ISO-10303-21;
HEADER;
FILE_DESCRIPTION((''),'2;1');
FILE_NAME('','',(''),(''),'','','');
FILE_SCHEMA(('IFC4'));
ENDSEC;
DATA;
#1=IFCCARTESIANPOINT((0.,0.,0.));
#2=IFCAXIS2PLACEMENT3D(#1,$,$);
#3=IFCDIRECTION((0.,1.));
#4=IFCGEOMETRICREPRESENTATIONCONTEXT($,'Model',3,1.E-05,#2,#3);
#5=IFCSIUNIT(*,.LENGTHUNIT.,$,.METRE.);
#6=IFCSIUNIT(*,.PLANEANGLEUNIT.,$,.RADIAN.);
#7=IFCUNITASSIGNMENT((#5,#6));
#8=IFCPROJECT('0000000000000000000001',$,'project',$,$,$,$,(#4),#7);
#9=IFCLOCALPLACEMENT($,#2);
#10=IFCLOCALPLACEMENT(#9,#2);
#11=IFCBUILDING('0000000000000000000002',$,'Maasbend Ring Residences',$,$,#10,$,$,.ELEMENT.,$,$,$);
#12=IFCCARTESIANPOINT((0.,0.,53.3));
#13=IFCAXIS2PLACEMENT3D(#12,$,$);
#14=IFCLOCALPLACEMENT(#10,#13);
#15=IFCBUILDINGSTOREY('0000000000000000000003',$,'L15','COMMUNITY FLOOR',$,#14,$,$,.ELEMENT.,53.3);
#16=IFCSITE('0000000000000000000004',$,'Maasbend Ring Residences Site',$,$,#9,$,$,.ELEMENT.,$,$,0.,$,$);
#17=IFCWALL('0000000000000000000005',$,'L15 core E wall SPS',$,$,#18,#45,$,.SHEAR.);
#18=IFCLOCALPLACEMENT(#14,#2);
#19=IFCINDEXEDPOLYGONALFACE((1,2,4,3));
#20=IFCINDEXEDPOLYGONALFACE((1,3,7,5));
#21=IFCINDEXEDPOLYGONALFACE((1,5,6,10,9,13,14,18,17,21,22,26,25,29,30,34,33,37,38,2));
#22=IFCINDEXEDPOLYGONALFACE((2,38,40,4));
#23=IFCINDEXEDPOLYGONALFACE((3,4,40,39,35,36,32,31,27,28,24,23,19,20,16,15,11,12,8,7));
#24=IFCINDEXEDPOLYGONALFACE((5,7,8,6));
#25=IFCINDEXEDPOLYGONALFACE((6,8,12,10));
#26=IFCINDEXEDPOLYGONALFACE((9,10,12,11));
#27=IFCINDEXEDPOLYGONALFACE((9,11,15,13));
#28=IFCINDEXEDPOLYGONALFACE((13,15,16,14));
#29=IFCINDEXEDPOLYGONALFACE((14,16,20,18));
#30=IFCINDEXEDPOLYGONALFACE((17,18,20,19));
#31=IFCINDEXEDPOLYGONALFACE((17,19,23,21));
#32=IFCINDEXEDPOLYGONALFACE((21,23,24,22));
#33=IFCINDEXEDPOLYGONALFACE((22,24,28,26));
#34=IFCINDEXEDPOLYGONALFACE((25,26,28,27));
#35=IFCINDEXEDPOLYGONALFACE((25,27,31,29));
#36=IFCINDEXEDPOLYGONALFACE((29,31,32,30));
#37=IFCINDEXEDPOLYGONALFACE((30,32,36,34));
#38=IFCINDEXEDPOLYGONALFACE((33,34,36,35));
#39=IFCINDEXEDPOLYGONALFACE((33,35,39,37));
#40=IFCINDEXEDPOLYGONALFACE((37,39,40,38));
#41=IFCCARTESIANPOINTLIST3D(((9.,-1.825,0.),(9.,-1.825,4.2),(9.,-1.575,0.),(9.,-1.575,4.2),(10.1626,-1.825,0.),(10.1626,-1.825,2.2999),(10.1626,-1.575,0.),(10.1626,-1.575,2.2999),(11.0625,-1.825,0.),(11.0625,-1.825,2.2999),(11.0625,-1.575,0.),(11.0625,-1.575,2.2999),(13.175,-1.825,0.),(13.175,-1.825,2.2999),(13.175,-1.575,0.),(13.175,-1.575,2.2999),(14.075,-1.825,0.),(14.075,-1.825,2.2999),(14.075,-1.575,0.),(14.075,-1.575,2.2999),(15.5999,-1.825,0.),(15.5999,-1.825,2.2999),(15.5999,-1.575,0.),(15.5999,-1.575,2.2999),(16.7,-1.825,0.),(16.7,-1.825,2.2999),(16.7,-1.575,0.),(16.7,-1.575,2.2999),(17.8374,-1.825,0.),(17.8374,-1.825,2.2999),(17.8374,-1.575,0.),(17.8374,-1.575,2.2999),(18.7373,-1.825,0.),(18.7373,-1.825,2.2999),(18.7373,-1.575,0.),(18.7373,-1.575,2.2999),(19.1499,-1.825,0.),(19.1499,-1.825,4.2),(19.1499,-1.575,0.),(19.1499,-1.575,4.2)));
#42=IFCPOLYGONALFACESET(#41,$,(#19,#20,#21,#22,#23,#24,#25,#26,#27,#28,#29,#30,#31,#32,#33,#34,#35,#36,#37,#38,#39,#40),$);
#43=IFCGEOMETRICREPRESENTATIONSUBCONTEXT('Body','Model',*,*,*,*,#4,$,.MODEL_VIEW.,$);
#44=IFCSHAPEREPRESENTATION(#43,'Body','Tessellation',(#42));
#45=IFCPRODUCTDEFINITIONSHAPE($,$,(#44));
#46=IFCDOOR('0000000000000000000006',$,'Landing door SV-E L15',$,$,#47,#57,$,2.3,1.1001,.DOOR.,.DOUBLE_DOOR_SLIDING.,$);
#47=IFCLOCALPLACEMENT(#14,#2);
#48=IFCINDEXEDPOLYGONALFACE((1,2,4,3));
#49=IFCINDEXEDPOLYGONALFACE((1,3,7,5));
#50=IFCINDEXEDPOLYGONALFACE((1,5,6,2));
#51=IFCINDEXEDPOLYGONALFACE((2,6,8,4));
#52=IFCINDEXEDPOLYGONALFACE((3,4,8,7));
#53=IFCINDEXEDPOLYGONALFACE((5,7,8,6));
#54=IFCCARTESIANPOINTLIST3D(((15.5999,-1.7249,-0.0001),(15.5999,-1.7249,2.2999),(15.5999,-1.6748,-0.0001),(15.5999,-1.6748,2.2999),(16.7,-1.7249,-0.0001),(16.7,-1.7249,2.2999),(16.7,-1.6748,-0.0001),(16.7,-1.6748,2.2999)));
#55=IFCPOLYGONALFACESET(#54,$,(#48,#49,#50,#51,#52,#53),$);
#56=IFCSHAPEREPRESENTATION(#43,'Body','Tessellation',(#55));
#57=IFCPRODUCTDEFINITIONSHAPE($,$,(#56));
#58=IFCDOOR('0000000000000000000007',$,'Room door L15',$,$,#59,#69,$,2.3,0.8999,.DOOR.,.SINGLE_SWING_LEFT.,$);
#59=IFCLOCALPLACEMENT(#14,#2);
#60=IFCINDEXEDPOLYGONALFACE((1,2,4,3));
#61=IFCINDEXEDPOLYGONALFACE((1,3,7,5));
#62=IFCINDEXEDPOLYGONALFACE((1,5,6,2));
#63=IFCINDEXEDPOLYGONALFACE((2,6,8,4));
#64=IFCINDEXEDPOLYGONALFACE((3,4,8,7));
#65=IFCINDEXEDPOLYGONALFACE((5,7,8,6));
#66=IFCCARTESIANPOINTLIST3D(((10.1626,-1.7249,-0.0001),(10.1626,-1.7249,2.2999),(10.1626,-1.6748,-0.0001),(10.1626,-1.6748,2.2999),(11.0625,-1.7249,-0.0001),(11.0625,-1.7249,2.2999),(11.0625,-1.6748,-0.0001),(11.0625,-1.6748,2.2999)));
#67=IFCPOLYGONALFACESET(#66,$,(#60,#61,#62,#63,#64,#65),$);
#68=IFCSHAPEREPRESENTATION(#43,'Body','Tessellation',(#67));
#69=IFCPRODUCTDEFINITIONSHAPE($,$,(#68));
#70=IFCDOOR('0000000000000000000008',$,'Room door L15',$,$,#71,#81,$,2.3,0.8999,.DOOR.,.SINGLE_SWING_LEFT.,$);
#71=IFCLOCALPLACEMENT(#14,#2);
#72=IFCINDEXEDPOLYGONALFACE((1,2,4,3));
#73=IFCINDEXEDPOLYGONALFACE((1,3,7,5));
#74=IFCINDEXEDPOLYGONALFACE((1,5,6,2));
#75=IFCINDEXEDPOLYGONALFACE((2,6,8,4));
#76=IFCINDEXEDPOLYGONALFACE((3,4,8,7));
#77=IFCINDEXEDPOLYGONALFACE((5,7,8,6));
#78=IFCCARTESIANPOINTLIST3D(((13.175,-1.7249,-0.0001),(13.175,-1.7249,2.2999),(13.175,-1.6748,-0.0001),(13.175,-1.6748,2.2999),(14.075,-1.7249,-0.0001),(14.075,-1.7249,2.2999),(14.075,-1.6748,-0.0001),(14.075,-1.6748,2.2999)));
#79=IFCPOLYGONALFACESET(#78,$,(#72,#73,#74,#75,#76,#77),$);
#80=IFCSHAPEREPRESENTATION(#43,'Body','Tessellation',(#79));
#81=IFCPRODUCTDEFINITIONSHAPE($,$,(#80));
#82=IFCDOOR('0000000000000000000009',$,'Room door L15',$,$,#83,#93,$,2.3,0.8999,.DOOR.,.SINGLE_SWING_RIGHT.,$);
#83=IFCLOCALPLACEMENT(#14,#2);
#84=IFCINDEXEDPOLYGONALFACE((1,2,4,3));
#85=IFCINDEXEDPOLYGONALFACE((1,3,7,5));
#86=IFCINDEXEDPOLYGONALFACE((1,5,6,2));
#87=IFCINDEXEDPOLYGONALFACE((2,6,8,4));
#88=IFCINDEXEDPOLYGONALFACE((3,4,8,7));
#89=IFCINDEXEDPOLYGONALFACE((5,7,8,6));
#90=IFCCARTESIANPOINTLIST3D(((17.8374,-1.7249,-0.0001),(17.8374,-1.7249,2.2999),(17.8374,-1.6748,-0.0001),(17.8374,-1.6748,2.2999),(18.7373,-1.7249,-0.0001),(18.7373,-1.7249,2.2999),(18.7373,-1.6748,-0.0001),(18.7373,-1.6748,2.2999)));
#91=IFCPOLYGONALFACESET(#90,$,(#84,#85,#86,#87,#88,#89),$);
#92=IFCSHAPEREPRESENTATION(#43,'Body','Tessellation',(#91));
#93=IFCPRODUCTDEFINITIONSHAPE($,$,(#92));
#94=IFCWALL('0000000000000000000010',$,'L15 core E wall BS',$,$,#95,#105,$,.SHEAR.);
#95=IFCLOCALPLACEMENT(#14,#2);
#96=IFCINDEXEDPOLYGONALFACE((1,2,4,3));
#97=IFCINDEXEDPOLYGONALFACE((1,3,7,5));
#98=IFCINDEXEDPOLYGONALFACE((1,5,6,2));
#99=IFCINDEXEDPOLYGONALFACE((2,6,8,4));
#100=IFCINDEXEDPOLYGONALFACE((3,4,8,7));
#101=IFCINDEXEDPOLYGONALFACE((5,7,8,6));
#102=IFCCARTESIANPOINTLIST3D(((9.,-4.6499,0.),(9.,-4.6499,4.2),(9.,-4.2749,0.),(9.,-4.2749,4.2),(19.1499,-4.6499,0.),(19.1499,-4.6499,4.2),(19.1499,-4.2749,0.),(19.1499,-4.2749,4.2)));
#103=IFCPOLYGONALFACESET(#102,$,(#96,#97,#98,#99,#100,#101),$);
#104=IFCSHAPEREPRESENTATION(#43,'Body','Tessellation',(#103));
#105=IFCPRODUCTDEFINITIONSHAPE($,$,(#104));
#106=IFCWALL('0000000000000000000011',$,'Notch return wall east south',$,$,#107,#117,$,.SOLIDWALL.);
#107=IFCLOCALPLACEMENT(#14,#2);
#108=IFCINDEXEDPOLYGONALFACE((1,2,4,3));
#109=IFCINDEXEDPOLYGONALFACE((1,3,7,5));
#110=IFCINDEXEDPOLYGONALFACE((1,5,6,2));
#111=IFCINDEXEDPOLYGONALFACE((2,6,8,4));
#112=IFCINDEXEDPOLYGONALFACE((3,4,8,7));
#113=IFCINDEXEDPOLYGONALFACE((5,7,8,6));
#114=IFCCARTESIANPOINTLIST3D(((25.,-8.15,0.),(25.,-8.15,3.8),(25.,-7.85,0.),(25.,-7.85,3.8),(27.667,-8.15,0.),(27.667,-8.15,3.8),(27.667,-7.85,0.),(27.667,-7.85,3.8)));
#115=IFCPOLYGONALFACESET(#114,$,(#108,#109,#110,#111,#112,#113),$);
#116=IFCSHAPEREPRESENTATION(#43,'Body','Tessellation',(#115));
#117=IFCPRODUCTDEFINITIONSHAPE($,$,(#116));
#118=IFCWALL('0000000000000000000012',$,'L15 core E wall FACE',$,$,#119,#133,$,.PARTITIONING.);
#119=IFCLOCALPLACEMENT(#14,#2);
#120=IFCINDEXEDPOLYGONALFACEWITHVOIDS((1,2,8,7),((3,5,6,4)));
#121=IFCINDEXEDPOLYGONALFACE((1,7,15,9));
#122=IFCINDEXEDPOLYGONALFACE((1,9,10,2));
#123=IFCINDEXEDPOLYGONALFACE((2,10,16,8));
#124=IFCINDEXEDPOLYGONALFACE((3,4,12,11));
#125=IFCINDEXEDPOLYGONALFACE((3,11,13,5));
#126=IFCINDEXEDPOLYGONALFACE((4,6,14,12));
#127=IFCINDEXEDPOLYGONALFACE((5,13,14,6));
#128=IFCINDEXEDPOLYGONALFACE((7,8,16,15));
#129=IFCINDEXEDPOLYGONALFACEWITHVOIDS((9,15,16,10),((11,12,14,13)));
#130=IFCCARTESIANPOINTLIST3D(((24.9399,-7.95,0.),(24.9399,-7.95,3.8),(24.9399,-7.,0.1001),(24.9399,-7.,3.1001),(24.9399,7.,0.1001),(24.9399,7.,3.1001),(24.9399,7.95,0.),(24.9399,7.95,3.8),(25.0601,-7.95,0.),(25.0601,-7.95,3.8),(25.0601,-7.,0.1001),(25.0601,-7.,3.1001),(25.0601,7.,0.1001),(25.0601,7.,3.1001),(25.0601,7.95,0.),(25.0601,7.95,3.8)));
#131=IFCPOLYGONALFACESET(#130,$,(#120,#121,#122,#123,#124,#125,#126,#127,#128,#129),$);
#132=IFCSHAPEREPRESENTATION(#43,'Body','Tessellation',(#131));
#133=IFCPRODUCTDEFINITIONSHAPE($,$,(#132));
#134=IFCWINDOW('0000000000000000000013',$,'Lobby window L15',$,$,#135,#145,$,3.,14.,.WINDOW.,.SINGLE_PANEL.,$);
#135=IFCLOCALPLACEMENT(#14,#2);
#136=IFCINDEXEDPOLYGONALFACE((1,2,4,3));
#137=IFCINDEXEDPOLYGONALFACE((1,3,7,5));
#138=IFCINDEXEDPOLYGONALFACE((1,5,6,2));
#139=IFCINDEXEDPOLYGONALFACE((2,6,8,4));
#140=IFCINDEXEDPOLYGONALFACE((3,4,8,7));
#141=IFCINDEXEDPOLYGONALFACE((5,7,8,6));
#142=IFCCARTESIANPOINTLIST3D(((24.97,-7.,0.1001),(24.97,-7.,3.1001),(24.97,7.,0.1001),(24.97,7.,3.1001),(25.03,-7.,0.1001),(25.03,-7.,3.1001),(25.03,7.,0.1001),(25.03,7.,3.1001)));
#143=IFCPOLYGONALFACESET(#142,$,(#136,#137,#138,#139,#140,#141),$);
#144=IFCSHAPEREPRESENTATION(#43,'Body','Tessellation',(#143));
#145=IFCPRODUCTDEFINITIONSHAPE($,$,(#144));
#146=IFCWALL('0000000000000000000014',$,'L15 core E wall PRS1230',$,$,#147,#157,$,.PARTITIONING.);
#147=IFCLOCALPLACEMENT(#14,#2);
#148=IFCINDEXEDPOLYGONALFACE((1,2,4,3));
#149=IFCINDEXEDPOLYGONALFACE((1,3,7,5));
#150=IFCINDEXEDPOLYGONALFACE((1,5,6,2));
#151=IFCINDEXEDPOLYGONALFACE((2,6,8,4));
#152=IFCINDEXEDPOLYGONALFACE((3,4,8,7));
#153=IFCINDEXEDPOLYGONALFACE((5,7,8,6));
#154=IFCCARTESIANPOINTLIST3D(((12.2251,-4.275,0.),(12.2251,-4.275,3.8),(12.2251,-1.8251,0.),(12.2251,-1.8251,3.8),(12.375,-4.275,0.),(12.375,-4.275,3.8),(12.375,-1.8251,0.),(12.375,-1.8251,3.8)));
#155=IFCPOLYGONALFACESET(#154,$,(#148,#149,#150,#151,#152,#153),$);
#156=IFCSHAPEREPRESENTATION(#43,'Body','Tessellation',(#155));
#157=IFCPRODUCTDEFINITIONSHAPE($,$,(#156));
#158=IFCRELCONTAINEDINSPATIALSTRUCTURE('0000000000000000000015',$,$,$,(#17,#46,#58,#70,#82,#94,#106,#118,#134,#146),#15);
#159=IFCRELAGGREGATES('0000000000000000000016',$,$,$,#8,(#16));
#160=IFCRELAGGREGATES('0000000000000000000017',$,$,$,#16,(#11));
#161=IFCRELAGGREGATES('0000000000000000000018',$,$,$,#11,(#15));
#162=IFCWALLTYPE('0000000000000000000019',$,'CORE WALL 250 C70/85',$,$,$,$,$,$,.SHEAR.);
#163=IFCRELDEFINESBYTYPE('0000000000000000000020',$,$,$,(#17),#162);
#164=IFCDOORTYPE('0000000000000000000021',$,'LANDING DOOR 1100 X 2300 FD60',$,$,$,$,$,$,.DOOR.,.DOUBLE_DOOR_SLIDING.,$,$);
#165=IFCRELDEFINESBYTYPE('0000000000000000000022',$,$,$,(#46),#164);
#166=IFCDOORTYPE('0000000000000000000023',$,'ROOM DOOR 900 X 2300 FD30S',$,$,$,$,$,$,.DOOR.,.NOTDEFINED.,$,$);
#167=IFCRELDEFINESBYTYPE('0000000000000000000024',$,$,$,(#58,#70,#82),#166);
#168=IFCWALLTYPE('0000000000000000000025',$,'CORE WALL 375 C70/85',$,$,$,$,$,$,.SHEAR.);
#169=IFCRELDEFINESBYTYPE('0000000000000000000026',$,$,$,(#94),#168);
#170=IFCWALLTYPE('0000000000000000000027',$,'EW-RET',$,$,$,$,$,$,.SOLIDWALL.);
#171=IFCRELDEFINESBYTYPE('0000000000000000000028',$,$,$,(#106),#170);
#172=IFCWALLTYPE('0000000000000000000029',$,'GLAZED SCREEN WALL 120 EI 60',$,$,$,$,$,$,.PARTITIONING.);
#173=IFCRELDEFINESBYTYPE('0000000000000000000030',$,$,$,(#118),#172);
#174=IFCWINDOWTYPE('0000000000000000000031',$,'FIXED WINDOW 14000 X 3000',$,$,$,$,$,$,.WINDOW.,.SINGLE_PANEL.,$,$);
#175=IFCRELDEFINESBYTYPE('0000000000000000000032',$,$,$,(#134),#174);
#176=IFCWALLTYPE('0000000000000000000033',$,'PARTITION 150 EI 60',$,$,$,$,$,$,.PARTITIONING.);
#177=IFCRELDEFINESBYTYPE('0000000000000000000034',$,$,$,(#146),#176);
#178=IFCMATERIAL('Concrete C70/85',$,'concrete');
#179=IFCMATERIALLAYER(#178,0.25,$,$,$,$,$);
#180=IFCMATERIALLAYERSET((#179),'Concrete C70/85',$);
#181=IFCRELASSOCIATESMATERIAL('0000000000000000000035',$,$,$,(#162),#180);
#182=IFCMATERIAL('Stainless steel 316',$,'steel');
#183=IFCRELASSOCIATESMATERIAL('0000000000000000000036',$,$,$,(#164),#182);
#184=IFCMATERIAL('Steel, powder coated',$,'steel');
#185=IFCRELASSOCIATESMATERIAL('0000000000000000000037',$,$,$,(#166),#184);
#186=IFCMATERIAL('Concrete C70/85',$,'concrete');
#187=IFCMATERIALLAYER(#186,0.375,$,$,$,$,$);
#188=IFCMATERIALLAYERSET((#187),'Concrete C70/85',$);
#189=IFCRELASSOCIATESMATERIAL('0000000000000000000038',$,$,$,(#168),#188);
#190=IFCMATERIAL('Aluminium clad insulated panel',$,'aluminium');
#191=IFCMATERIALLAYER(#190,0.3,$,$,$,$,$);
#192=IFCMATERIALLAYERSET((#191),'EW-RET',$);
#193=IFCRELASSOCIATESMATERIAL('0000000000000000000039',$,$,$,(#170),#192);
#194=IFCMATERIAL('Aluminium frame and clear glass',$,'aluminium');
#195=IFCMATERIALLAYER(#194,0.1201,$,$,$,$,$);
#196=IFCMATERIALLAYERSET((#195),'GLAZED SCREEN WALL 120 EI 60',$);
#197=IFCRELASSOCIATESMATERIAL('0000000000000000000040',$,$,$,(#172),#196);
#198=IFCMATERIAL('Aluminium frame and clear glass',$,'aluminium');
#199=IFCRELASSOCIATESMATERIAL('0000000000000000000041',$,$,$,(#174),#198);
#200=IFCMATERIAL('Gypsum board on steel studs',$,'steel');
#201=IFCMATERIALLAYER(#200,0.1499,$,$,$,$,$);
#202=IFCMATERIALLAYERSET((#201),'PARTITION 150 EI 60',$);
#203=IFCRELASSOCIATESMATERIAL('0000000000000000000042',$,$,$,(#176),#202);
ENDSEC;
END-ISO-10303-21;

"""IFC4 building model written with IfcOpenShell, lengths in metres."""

from ifc_helpers import new_model, si_unit, direction, frame, frame_2d, origin, place, context, subcontext, project, spatial, rectangle, extrude, material, layer, layer_set, type_object, element, fill, save


model = new_model("IFC4")

# Units and contexts
model_context = context("Model", 3, precision=1e-05, world=origin(), true_north=direction((0.0, 1.0)))
body_context = subcontext(model_context, "Body", "Model", "MODEL_VIEW")
ifc_project = project(units=[si_unit("LENGTHUNIT", "METRE"), si_unit("PLANEANGLEUNIT", "RADIAN")], contexts=[model_context])

# Site, building, storey
site_placement = place(None, origin())
site = spatial("IfcSite", under=ifc_project, at=site_placement, Name="Maasbend Ring Residences Site", CompositionType="ELEMENT", RefElevation=0.0)
building_placement = place(site_placement, origin())
building = spatial("IfcBuilding", under=site, at=building_placement, Name="Maasbend Ring Residences", CompositionType="ELEMENT")
storey_placement = place(building_placement, frame((0.0, 0.0, 53.3)))
storey = spatial("IfcBuildingStorey", under=building, at=storey_placement, Name="L15", Description="COMMUNITY FLOOR", CompositionType="ELEMENT", Elevation=53.3)

# Wall, openings, doors
ifc_material_1 = material(Name="Concrete C70/85", Category="concrete")
ifc_layer_1 = layer(ifc_material_1, 0.25)
ifc_layer_set_1 = layer_set([ifc_layer_1], Name="Concrete C70/85")
wall_type_1 = type_object("IfcWallType", Name="CORE WALL 250 C70/85", PredefinedType="SHEAR", material=ifc_layer_set_1)
wall_1_placement = place(storey_placement, frame((19.1499, -1.7, 0.0), z_axis=(0.0, 0.0, 1.0), x_axis=(-1.0, 0.0, 0.0)))
wall_1 = element("IfcWall", 1, at=wall_1_placement, inside=storey, type_object=wall_type_1, Name="L15 core E wall SPS", PredefinedType="SHEAR", context=body_context, shape_type="SweptSolid", body=[
    extrude(rectangle(XDim=10.1499, YDim=0.25, at=frame_2d((5.075, 0.0))), origin(), (0.0, 0.0, 1.0), 4.2),
])
opening_1_placement = place(wall_1_placement, frame((2.45, 0.0, 0.0)))
opening_1 = element("IfcOpeningElement", 2, at=opening_1_placement, cuts=wall_1, PredefinedType="OPENING", context=body_context, shape_type="SweptSolid", body=[
    extrude(rectangle(XDim=1.1001, YDim=2.3, at=frame_2d((0.55, 1.1499))), frame((0.0, 0.135, 0.0), z_axis=(0.0, -1.0, 0.0), x_axis=(1.0, 0.0, 0.0)), (0.0, 0.0, 1.0), 0.27),
])
opening_2_placement = place(wall_1_placement, frame((8.0874, 0.0, 0.0)))
opening_2 = element("IfcOpeningElement", 3, at=opening_2_placement, cuts=wall_1, PredefinedType="OPENING", context=body_context, shape_type="SweptSolid", body=[
    extrude(rectangle(XDim=0.8999, YDim=2.3, at=frame_2d((0.45, 1.1499))), frame((0.0, 0.135, 0.0), z_axis=(0.0, -1.0, 0.0), x_axis=(1.0, 0.0, 0.0)), (0.0, 0.0, 1.0), 0.27),
])
opening_3_placement = place(wall_1_placement, frame((5.075, 0.0, 0.0)))
opening_3 = element("IfcOpeningElement", 4, at=opening_3_placement, cuts=wall_1, PredefinedType="OPENING", context=body_context, shape_type="SweptSolid", body=[
    extrude(rectangle(XDim=0.8999, YDim=2.3, at=frame_2d((0.45, 1.1499))), frame((0.0, 0.135, 0.0), z_axis=(0.0, -1.0, 0.0), x_axis=(1.0, 0.0, 0.0)), (0.0, 0.0, 1.0), 0.27),
])
opening_4_placement = place(wall_1_placement, frame((0.4126, 0.0, 0.0)))
opening_4 = element("IfcOpeningElement", 5, at=opening_4_placement, cuts=wall_1, PredefinedType="OPENING", context=body_context, shape_type="SweptSolid", body=[
    extrude(rectangle(XDim=0.8999, YDim=2.3, at=frame_2d((0.45, 1.1499))), frame((0.0, 0.135, 0.0), z_axis=(0.0, -1.0, 0.0), x_axis=(1.0, 0.0, 0.0)), (0.0, 0.0, 1.0), 0.27),
])
ifc_material_2 = material(Name="Stainless steel 316", Category="steel")
door_type_1 = type_object("IfcDoorType", Name="LANDING DOOR 1100 X 2300 FD60", OperationType="DOUBLE_DOOR_SLIDING", PredefinedType="DOOR", material=ifc_material_2)
door_1_placement = place(opening_1_placement, origin())
door_1 = element("IfcDoor", 6, at=door_1_placement, inside=storey, type_object=door_type_1, Name="Landing door SV-E L15", OperationType="DOUBLE_DOOR_SLIDING", OverallHeight=2.3, OverallWidth=1.1001, PredefinedType="DOOR", context=body_context, shape_type="SweptSolid", body=[
    extrude(rectangle(XDim=1.1001, YDim=2.3, at=frame_2d((0.55, 1.1499))), frame((0.0, 0.0249, 0.0), z_axis=(0.0, -1.0, 0.0), x_axis=(1.0, 0.0, 0.0)), (0.0, 0.0, 1.0), 0.05),
])
fill(opening_1, door_1)
ifc_material_3 = material(Name="Steel, powder coated", Category="steel")
door_type_2 = type_object("IfcDoorType", Name="ROOM DOOR 900 X 2300 FD30S", OperationType="NOTDEFINED", PredefinedType="DOOR", material=ifc_material_3)
door_2_placement = place(opening_2_placement, origin())
door_2 = element("IfcDoor", 7, at=door_2_placement, inside=storey, type_object=door_type_2, Name="Room door L15", OperationType="SINGLE_SWING_LEFT", OverallHeight=2.3, OverallWidth=0.8999, PredefinedType="DOOR", context=body_context, shape_type="SweptSolid", body=[
    extrude(rectangle(XDim=0.8999, YDim=2.3, at=frame_2d((0.45, 1.1499))), frame((0.0, 0.0249, 0.0), z_axis=(0.0, -1.0, 0.0), x_axis=(1.0, 0.0, 0.0)), (0.0, 0.0, 1.0), 0.05),
])
fill(opening_2, door_2)
door_3_placement = place(opening_3_placement, origin())
door_3 = element("IfcDoor", 8, at=door_3_placement, inside=storey, type_object=door_type_2, Name="Room door L15", OperationType="SINGLE_SWING_LEFT", OverallHeight=2.3, OverallWidth=0.8999, PredefinedType="DOOR", context=body_context, shape_type="SweptSolid", body=[
    extrude(rectangle(XDim=0.8999, YDim=2.3, at=frame_2d((0.45, 1.1499))), frame((0.0, 0.0249, 0.0), z_axis=(0.0, -1.0, 0.0), x_axis=(1.0, 0.0, 0.0)), (0.0, 0.0, 1.0), 0.05),
])
fill(opening_3, door_3)
door_4_placement = place(opening_4_placement, origin())
door_4 = element("IfcDoor", 9, at=door_4_placement, inside=storey, type_object=door_type_2, Name="Room door L15", OperationType="SINGLE_SWING_RIGHT", OverallHeight=2.3, OverallWidth=0.8999, PredefinedType="DOOR", context=body_context, shape_type="SweptSolid", body=[
    extrude(rectangle(XDim=0.8999, YDim=2.3, at=frame_2d((0.45, 1.1499))), frame((0.0, 0.0249, 0.0), z_axis=(0.0, -1.0, 0.0), x_axis=(1.0, 0.0, 0.0)), (0.0, 0.0, 1.0), 0.05),
])
fill(opening_4, door_4)

# Walls
ifc_material_4 = material(Name="Concrete C70/85", Category="concrete")
ifc_layer_2 = layer(ifc_material_4, 0.375)
ifc_layer_set_2 = layer_set([ifc_layer_2], Name="Concrete C70/85")
wall_type_2 = type_object("IfcWallType", Name="CORE WALL 375 C70/85", PredefinedType="SHEAR", material=ifc_layer_set_2)
wall_2_placement = place(storey_placement, frame((9.0, -4.4624, 0.0), z_axis=(0.0, 0.0, 1.0), x_axis=(1.0, 0.0, 0.0)))
element("IfcWall", 10, at=wall_2_placement, inside=storey, type_object=wall_type_2, Name="L15 core E wall BS", PredefinedType="SHEAR", context=body_context, shape_type="SweptSolid", body=[
    extrude(rectangle(XDim=10.1499, YDim=0.375, at=frame_2d((5.075, 0.0))), origin(), (0.0, 0.0, 1.0), 4.2),
])
ifc_material_5 = material(Name="Aluminium clad insulated panel", Category="aluminium")
ifc_layer_3 = layer(ifc_material_5, 0.3)
ifc_layer_set_3 = layer_set([ifc_layer_3], Name="EW-RET")
wall_type_3 = type_object("IfcWallType", Name="EW-RET", PredefinedType="SOLIDWALL", material=ifc_layer_set_3)
wall_3_placement = place(storey_placement, frame((25.0, -8.0, 0.0), z_axis=(0.0, 0.0, 1.0), x_axis=(1.0, 0.0, 0.0)))
element("IfcWall", 11, at=wall_3_placement, inside=storey, type_object=wall_type_3, Name="Notch return wall east south", PredefinedType="SOLIDWALL", context=body_context, shape_type="SweptSolid", body=[
    extrude(rectangle(XDim=2.667, YDim=0.3, at=frame_2d((1.3335, 0.0))), origin(), (0.0, 0.0, 1.0), 3.8),
])

# Wall, opening, window
ifc_material_6 = material(Name="Aluminium frame and clear glass", Category="aluminium")
ifc_layer_4 = layer(ifc_material_6, 0.1201)
ifc_layer_set_4 = layer_set([ifc_layer_4], Name="GLAZED SCREEN WALL 120 EI 60")
wall_type_4 = type_object("IfcWallType", Name="GLAZED SCREEN WALL 120 EI 60", PredefinedType="PARTITIONING", material=ifc_layer_set_4)
wall_4_placement = place(storey_placement, frame((25.0, -7.95, 0.0), z_axis=(0.0, 0.0, 1.0), x_axis=(0.0, 1.0, 0.0)))
wall_4 = element("IfcWall", 12, at=wall_4_placement, inside=storey, type_object=wall_type_4, Name="L15 core E wall FACE", PredefinedType="PARTITIONING", context=body_context, shape_type="SweptSolid", body=[
    extrude(rectangle(XDim=15.8999, YDim=0.1201, at=frame_2d((7.95, 0.0))), origin(), (0.0, 0.0, 1.0), 3.8),
])
opening_5_placement = place(wall_4_placement, frame((0.95, 0.0, 0.1001)))
opening_5 = element("IfcOpeningElement", 13, at=opening_5_placement, cuts=wall_4, PredefinedType="OPENING", context=body_context, shape_type="SweptSolid", body=[
    extrude(rectangle(XDim=14.0, YDim=3.0, at=frame_2d((7.0, 1.5))), frame((0.0, 0.0701, 0.0), z_axis=(0.0, -1.0, 0.0), x_axis=(1.0, 0.0, 0.0)), (0.0, 0.0, 1.0), 0.1401),
])
ifc_material_7 = material(Name="Aluminium frame and clear glass", Category="aluminium")
window_type = type_object("IfcWindowType", Name="FIXED WINDOW 14000 X 3000", PartitioningType="SINGLE_PANEL", PredefinedType="WINDOW", material=ifc_material_7)
window_placement = place(opening_5_placement, origin())
window = element("IfcWindow", 14, at=window_placement, inside=storey, type_object=window_type, Name="Lobby window L15", OverallHeight=3.0, OverallWidth=14.0, PartitioningType="SINGLE_PANEL", PredefinedType="WINDOW", context=body_context, shape_type="SweptSolid", body=[
    extrude(rectangle(XDim=14.0, YDim=3.0, at=frame_2d((7.0, 1.5))), frame((0.0, 0.03, 0.0), z_axis=(0.0, -1.0, 0.0), x_axis=(1.0, 0.0, 0.0)), (0.0, 0.0, 1.0), 0.0601),
])
fill(opening_5, window)

# Wall
ifc_material_8 = material(Name="Gypsum board on steel studs", Category="steel")
ifc_layer_5 = layer(ifc_material_8, 0.1499)
ifc_layer_set_5 = layer_set([ifc_layer_5], Name="PARTITION 150 EI 60")
wall_type_5 = type_object("IfcWallType", Name="PARTITION 150 EI 60", PredefinedType="PARTITIONING", material=ifc_layer_set_5)
wall_5_placement = place(storey_placement, frame((12.3, -1.825, 0.0), z_axis=(0.0, 0.0, 1.0), x_axis=(0.0, -1.0, 0.0)))
element("IfcWall", 15, at=wall_5_placement, inside=storey, type_object=wall_type_5, Name="L15 core E wall PRS1230", PredefinedType="PARTITIONING", context=body_context, shape_type="SweptSolid", body=[
    extrude(rectangle(XDim=2.45, YDim=0.1499, at=frame_2d((1.2251, 0.0))), origin(), (0.0, 0.0, 1.0), 3.8),
])

save(model, "model.ifc")
